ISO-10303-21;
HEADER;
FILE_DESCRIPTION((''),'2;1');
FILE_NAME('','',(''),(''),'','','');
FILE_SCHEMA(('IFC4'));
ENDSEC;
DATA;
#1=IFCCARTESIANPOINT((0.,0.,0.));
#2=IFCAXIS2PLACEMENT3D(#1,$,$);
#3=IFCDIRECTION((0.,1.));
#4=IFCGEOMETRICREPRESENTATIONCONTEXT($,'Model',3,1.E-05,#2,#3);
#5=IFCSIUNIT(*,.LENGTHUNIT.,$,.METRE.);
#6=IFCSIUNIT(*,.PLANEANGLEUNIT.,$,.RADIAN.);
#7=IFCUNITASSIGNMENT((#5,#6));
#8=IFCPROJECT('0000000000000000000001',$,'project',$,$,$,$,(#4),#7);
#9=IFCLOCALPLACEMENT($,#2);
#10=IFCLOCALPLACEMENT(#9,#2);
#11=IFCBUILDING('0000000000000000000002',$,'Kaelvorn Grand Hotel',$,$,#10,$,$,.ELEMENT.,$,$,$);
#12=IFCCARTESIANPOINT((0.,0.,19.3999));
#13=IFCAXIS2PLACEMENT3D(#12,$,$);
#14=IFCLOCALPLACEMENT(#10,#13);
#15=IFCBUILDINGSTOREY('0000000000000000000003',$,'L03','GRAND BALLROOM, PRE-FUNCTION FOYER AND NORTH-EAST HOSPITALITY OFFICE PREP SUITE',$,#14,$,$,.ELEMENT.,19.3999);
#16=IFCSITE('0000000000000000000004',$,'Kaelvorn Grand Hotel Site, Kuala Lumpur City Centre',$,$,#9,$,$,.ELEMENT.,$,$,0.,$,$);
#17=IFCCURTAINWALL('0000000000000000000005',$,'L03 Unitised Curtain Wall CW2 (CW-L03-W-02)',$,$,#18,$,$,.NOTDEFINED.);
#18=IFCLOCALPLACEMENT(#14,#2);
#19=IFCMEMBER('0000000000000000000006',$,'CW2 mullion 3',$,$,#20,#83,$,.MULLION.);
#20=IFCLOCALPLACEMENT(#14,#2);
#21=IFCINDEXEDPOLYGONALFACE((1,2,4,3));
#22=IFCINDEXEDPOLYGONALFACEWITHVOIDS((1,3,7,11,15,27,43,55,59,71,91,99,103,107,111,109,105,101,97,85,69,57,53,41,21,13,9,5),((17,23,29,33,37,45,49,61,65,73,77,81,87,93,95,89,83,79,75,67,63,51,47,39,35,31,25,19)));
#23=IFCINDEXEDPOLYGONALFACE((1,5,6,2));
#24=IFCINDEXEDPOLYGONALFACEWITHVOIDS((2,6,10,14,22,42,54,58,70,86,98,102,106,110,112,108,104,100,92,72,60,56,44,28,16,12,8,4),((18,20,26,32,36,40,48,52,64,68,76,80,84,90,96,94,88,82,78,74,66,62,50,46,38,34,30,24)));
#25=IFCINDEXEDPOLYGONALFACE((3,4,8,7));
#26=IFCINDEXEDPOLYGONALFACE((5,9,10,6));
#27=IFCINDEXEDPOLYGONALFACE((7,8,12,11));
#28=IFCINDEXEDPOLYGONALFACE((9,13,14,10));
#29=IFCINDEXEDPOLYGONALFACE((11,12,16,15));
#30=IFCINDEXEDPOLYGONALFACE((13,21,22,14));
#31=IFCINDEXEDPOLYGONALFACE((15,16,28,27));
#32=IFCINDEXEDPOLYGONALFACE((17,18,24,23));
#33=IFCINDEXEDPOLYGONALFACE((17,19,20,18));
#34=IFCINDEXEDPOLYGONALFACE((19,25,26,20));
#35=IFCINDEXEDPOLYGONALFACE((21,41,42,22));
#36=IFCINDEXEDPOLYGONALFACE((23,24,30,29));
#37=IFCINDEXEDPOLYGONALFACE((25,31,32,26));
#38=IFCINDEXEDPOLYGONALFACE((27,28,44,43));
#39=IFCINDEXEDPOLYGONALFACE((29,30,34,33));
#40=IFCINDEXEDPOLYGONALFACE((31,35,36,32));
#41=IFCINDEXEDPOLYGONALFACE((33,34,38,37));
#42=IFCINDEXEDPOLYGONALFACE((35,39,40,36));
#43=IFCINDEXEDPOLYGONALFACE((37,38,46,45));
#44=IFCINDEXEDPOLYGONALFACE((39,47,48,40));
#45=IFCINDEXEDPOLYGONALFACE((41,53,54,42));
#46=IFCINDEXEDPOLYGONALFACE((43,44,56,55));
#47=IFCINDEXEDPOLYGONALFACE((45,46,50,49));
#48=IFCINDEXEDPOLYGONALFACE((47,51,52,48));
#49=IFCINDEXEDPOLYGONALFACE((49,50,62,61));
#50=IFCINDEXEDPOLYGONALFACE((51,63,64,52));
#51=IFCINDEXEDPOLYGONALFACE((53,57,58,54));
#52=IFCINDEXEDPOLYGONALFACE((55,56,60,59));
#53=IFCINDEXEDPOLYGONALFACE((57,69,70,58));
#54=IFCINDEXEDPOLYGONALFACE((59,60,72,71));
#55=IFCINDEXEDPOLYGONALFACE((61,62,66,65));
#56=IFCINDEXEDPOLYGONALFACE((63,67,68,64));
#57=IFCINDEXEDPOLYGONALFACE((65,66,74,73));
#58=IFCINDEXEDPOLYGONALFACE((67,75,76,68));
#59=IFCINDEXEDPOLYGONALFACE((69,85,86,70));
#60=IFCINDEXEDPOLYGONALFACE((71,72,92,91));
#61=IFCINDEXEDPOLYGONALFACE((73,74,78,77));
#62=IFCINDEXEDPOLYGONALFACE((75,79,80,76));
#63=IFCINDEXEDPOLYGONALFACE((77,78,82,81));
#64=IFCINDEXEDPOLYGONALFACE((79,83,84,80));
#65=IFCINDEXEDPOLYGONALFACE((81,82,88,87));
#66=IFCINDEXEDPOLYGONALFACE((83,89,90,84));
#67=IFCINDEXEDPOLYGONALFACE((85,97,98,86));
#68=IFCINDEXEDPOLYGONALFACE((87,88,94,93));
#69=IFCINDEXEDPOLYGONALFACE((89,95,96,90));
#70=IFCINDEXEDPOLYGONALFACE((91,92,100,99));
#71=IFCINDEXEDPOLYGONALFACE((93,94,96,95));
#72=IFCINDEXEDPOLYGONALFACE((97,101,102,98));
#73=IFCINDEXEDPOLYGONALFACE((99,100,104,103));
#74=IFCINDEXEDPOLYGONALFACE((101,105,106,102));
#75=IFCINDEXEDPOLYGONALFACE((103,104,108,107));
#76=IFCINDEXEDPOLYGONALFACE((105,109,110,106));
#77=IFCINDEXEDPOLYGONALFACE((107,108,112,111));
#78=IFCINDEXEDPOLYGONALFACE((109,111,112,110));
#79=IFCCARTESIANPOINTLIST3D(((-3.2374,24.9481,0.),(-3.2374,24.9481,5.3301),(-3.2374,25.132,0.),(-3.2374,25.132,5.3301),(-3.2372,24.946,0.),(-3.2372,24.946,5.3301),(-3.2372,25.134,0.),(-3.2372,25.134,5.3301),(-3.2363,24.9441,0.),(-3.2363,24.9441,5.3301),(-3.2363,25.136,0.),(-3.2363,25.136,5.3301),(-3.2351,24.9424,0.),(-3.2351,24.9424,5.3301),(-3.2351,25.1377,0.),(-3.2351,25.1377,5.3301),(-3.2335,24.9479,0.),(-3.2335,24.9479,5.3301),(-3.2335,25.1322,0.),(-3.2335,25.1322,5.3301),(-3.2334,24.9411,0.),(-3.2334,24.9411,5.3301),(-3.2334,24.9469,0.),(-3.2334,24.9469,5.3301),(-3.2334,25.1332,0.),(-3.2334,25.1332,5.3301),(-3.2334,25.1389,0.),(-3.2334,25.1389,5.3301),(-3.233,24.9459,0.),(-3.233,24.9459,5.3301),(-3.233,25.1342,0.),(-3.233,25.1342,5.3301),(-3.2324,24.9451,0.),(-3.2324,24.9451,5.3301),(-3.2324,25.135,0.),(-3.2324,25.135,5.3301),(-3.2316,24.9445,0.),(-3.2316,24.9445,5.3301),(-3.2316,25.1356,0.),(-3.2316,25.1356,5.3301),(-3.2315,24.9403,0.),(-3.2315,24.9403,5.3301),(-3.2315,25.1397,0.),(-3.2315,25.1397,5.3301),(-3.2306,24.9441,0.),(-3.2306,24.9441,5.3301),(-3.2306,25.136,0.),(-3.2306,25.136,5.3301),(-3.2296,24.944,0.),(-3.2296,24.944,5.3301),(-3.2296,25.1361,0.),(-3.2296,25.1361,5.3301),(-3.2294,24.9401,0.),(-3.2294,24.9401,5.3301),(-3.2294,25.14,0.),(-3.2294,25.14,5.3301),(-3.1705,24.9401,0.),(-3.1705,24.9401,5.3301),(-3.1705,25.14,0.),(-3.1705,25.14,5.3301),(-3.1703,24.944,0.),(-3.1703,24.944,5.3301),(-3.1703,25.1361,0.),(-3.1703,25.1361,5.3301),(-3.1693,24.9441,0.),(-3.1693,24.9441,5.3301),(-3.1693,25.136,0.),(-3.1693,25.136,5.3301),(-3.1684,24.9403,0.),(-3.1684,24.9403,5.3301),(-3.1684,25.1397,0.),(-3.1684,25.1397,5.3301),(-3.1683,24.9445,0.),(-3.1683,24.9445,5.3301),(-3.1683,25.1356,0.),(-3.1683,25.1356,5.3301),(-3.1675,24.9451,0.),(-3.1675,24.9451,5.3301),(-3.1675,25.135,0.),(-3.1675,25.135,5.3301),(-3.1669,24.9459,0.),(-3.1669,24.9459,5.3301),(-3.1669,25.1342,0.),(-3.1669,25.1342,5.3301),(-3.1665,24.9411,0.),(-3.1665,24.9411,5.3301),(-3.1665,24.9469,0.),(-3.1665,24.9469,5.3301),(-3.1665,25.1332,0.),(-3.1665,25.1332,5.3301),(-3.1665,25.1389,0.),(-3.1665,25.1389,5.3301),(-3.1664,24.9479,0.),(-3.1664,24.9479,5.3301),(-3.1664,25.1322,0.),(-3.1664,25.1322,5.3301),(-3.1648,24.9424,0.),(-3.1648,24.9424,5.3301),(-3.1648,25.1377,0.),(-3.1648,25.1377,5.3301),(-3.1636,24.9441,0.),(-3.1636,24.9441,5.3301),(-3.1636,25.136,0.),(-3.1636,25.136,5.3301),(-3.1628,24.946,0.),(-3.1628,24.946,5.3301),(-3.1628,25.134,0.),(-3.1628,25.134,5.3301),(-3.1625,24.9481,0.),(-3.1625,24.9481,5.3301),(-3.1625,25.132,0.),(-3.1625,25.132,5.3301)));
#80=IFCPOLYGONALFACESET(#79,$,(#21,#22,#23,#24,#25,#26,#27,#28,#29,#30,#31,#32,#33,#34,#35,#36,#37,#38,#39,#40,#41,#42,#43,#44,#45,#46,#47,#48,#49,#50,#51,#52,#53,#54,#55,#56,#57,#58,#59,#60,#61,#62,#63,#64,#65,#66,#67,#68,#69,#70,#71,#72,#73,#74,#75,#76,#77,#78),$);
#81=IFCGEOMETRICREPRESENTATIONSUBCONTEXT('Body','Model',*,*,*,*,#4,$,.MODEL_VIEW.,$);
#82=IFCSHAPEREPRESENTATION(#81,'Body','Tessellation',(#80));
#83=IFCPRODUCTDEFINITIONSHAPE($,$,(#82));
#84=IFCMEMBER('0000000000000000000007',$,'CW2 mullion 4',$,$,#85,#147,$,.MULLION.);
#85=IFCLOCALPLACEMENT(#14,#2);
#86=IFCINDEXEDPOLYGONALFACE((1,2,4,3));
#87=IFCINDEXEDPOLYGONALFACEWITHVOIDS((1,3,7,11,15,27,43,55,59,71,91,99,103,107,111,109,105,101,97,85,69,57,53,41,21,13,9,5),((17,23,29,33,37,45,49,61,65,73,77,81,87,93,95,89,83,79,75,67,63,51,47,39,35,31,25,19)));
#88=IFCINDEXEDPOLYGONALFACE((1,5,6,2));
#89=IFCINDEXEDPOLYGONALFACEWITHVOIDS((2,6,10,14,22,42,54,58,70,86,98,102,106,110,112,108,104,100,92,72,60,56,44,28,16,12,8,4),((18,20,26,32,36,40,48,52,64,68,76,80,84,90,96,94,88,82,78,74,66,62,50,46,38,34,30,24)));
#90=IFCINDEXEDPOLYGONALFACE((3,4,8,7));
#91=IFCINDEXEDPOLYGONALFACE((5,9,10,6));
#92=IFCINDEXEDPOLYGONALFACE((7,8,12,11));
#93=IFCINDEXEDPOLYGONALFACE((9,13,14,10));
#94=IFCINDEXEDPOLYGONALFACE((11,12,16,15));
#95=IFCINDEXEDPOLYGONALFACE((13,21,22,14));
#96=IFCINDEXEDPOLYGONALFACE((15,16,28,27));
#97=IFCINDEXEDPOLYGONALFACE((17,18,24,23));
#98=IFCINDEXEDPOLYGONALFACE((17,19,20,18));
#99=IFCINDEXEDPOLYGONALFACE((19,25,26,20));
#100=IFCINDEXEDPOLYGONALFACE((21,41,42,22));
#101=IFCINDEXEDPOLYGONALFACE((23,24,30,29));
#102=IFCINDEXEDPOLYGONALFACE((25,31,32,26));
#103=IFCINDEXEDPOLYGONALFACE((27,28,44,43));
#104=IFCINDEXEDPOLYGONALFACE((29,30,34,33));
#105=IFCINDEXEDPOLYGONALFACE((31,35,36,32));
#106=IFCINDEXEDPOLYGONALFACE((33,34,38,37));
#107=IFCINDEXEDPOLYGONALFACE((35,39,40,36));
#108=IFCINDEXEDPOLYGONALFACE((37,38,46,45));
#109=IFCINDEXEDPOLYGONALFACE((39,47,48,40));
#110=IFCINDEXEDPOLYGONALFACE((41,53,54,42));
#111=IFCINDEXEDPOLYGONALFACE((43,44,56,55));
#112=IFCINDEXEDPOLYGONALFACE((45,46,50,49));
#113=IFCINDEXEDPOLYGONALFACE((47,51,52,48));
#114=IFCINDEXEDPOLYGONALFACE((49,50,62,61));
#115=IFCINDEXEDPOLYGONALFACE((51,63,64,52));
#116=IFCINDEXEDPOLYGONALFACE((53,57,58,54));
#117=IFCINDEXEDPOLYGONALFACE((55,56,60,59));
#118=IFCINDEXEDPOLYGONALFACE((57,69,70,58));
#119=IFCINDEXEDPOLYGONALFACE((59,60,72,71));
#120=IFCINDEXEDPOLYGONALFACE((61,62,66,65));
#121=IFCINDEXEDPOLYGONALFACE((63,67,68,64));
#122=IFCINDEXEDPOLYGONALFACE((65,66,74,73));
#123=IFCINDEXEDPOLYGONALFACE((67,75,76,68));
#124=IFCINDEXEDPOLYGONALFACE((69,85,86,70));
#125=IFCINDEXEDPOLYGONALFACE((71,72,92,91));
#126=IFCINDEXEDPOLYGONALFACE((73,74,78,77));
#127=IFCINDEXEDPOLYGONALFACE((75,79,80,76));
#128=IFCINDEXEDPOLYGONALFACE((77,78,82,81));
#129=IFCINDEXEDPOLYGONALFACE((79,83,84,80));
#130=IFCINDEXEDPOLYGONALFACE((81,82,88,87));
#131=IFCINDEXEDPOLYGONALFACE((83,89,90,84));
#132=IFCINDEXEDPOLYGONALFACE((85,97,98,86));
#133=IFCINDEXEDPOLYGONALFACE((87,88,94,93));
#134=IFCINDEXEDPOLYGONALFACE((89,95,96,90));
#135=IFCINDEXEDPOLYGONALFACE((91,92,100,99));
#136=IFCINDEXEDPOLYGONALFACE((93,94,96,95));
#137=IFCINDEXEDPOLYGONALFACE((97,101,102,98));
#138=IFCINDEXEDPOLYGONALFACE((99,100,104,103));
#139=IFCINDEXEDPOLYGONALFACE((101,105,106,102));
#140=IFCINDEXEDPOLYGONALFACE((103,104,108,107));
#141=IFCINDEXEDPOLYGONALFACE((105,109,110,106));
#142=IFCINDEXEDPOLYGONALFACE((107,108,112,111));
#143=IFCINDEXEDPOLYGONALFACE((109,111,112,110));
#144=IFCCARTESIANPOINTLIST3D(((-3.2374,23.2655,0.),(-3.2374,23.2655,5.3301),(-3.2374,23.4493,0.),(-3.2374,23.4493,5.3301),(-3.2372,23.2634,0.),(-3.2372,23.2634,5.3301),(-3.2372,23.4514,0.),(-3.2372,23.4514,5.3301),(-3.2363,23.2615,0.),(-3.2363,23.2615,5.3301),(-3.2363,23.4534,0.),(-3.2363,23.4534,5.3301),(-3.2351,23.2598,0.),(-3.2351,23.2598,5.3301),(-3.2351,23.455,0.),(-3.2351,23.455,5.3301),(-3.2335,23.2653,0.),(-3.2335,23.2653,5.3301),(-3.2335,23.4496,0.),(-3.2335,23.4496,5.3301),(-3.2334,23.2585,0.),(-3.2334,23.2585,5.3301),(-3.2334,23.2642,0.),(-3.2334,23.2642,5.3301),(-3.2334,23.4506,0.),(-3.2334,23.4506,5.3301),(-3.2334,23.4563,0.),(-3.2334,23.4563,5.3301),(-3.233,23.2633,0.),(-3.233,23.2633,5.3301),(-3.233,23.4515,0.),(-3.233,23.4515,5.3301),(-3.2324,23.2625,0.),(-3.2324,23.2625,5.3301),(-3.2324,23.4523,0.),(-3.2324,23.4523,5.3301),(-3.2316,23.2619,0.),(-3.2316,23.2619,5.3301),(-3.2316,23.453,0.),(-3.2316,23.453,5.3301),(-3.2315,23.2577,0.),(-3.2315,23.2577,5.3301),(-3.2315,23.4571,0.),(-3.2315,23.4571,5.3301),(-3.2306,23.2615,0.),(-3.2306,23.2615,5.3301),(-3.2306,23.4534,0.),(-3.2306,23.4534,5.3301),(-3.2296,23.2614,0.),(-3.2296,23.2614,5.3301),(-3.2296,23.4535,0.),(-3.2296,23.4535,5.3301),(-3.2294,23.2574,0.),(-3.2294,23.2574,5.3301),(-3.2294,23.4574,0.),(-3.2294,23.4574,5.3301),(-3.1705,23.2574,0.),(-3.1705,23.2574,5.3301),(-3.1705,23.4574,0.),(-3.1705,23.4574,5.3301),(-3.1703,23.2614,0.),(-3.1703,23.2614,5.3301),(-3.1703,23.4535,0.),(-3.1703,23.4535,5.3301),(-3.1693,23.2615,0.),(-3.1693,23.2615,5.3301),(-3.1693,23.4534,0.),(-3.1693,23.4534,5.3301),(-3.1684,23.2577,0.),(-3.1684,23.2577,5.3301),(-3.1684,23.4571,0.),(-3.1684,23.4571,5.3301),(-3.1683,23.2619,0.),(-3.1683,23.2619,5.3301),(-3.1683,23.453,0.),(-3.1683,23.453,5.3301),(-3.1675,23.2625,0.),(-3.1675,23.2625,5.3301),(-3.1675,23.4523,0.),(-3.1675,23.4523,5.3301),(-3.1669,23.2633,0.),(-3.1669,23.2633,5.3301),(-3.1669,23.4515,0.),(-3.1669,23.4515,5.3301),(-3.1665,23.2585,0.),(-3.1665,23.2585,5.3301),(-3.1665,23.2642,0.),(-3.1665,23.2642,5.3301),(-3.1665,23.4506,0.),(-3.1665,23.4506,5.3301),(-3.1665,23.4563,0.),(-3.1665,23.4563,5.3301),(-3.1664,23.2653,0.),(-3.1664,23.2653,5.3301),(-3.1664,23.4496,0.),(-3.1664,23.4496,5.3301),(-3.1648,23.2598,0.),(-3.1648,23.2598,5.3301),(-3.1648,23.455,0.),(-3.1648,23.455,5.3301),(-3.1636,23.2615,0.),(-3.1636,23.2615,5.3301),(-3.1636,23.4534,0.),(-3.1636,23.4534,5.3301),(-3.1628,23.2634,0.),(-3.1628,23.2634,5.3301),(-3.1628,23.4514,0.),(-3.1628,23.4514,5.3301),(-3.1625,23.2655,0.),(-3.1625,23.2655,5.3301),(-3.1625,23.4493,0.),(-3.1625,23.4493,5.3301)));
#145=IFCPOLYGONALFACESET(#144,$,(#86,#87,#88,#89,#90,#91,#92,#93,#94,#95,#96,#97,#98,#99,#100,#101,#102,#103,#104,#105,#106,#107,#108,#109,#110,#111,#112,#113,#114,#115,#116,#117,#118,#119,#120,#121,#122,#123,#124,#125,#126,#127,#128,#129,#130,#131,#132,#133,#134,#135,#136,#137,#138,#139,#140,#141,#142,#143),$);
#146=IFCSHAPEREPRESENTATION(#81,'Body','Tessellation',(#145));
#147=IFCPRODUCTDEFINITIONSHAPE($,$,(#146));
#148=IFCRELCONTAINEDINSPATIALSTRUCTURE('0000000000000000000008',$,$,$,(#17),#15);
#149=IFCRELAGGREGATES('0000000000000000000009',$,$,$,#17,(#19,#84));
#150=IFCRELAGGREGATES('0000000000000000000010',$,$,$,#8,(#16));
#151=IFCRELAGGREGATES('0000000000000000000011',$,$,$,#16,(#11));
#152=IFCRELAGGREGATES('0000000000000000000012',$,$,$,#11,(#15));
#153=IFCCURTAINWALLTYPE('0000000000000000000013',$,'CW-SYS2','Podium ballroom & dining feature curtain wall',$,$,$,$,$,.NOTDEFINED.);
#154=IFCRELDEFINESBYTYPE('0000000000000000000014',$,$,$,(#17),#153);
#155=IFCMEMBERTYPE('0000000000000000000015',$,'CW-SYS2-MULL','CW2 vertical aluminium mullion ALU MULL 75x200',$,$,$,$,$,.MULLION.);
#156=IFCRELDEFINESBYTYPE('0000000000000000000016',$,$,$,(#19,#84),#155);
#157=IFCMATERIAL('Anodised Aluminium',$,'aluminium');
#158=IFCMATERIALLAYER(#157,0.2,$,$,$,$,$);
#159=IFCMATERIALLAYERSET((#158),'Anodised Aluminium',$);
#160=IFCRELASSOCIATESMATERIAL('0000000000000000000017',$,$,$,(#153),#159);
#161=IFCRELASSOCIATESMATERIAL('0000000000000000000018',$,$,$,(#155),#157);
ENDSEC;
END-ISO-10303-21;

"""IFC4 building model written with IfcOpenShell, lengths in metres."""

from ifc_helpers import new_model, si_unit, direction, frame, origin, origin_2d, place, context, subcontext, project, spatial, hollow_rectangle, extrude, material, layer, layer_set, material_profile, profile_set, type_object, element, aggregate, save


model = new_model("IFC4")

# Units and contexts
model_context = context("Model", 3, precision=1e-05, world=origin(), true_north=direction((0.0, 1.0)))
body_context = subcontext(model_context, "Body", "Model", "MODEL_VIEW")
ifc_project = project(units=[si_unit("LENGTHUNIT", "METRE"), si_unit("PLANEANGLEUNIT", "RADIAN")], contexts=[model_context])

# Site, building, storey
site_placement = place(None, origin())
site = spatial("IfcSite", under=ifc_project, at=site_placement, Name="Kaelvorn Grand Hotel Site, Kuala Lumpur City Centre", CompositionType="ELEMENT", RefElevation=0.0)
building_placement = place(site_placement, origin())
building = spatial("IfcBuilding", under=site, at=building_placement, Name="Kaelvorn Grand Hotel", CompositionType="ELEMENT")
storey_placement = place(building_placement, frame((0.0, 0.0, 19.3999)))
storey = spatial("IfcBuildingStorey", under=building, at=storey_placement, Name="L03", Description="GRAND BALLROOM, PRE-FUNCTION FOYER AND NORTH-EAST HOSPITALITY OFFICE PREP SUITE", CompositionType="ELEMENT", Elevation=19.3999)

# Curtain wall, members
ifc_material_1 = material(Name="Anodised Aluminium", Category="aluminium")
ifc_layer_1 = layer(ifc_material_1, 0.2)
ifc_layer_set_1 = layer_set([ifc_layer_1], Name="Anodised Aluminium")
curtain_wall_type = type_object("IfcCurtainWallType", Name="CW-SYS2", Description="Podium ballroom & dining feature curtain wall", PredefinedType="NOTDEFINED", material=ifc_layer_set_1)
curtain_wall_1_placement = place(storey_placement, origin())
curtain_wall_1 = element("IfcCurtainWall", 1, at=curtain_wall_1_placement, inside=storey, type_object=curtain_wall_type, Name="L03 Unitised Curtain Wall CW2 (CW-L03-W-02)", PredefinedType="NOTDEFINED")
ifc_material_profile_1 = material_profile(ifc_material_1, hollow_rectangle(XDim=0.075, YDim=0.2, WallThickness=0.0039, InnerFilletRadius=0.0039, OuterFilletRadius=0.0081, at=origin_2d()), Name="ALU MULL 75x200")
ifc_profile_set_1 = profile_set([ifc_material_profile_1], Name="Anodised Aluminium")
member_type_1 = type_object("IfcMemberType", Name="CW-SYS2-MULL", Description="CW2 vertical aluminium mullion ALU MULL 75x200", PredefinedType="MULLION", material=ifc_profile_set_1)
member_1_placement = place(storey_placement, frame((-3.2, 25.04, 0.0), z_axis=(0.0, 0.0, 1.0), x_axis=(1.0, 0.0, 0.0)))
member_1 = element("IfcMember", 2, at=member_1_placement, type_object=member_type_1, Name="CW2 mullion 3", PredefinedType="MULLION", context=body_context, shape_type="SweptSolid", body=[
    extrude(hollow_rectangle(XDim=0.075, YDim=0.2, WallThickness=0.0039, InnerFilletRadius=0.0039, OuterFilletRadius=0.0081, at=origin_2d()), origin(), (0.0, 0.0, 1.0), 5.3301),
])
member_2_placement = place(storey_placement, frame((-3.2, 23.3574, 0.0), z_axis=(0.0, 0.0, 1.0), x_axis=(1.0, 0.0, 0.0)))
member_2 = element("IfcMember", 3, at=member_2_placement, type_object=member_type_1, Name="CW2 mullion 4", PredefinedType="MULLION", context=body_context, shape_type="SweptSolid", body=[
    extrude(hollow_rectangle(XDim=0.075, YDim=0.2, WallThickness=0.0039, InnerFilletRadius=0.0039, OuterFilletRadius=0.0081, at=origin_2d()), origin(), (0.0, 0.0, 1.0), 5.3301),
])

aggregate(curtain_wall_1, [member_1, member_2])

save(model, "model.ifc")
